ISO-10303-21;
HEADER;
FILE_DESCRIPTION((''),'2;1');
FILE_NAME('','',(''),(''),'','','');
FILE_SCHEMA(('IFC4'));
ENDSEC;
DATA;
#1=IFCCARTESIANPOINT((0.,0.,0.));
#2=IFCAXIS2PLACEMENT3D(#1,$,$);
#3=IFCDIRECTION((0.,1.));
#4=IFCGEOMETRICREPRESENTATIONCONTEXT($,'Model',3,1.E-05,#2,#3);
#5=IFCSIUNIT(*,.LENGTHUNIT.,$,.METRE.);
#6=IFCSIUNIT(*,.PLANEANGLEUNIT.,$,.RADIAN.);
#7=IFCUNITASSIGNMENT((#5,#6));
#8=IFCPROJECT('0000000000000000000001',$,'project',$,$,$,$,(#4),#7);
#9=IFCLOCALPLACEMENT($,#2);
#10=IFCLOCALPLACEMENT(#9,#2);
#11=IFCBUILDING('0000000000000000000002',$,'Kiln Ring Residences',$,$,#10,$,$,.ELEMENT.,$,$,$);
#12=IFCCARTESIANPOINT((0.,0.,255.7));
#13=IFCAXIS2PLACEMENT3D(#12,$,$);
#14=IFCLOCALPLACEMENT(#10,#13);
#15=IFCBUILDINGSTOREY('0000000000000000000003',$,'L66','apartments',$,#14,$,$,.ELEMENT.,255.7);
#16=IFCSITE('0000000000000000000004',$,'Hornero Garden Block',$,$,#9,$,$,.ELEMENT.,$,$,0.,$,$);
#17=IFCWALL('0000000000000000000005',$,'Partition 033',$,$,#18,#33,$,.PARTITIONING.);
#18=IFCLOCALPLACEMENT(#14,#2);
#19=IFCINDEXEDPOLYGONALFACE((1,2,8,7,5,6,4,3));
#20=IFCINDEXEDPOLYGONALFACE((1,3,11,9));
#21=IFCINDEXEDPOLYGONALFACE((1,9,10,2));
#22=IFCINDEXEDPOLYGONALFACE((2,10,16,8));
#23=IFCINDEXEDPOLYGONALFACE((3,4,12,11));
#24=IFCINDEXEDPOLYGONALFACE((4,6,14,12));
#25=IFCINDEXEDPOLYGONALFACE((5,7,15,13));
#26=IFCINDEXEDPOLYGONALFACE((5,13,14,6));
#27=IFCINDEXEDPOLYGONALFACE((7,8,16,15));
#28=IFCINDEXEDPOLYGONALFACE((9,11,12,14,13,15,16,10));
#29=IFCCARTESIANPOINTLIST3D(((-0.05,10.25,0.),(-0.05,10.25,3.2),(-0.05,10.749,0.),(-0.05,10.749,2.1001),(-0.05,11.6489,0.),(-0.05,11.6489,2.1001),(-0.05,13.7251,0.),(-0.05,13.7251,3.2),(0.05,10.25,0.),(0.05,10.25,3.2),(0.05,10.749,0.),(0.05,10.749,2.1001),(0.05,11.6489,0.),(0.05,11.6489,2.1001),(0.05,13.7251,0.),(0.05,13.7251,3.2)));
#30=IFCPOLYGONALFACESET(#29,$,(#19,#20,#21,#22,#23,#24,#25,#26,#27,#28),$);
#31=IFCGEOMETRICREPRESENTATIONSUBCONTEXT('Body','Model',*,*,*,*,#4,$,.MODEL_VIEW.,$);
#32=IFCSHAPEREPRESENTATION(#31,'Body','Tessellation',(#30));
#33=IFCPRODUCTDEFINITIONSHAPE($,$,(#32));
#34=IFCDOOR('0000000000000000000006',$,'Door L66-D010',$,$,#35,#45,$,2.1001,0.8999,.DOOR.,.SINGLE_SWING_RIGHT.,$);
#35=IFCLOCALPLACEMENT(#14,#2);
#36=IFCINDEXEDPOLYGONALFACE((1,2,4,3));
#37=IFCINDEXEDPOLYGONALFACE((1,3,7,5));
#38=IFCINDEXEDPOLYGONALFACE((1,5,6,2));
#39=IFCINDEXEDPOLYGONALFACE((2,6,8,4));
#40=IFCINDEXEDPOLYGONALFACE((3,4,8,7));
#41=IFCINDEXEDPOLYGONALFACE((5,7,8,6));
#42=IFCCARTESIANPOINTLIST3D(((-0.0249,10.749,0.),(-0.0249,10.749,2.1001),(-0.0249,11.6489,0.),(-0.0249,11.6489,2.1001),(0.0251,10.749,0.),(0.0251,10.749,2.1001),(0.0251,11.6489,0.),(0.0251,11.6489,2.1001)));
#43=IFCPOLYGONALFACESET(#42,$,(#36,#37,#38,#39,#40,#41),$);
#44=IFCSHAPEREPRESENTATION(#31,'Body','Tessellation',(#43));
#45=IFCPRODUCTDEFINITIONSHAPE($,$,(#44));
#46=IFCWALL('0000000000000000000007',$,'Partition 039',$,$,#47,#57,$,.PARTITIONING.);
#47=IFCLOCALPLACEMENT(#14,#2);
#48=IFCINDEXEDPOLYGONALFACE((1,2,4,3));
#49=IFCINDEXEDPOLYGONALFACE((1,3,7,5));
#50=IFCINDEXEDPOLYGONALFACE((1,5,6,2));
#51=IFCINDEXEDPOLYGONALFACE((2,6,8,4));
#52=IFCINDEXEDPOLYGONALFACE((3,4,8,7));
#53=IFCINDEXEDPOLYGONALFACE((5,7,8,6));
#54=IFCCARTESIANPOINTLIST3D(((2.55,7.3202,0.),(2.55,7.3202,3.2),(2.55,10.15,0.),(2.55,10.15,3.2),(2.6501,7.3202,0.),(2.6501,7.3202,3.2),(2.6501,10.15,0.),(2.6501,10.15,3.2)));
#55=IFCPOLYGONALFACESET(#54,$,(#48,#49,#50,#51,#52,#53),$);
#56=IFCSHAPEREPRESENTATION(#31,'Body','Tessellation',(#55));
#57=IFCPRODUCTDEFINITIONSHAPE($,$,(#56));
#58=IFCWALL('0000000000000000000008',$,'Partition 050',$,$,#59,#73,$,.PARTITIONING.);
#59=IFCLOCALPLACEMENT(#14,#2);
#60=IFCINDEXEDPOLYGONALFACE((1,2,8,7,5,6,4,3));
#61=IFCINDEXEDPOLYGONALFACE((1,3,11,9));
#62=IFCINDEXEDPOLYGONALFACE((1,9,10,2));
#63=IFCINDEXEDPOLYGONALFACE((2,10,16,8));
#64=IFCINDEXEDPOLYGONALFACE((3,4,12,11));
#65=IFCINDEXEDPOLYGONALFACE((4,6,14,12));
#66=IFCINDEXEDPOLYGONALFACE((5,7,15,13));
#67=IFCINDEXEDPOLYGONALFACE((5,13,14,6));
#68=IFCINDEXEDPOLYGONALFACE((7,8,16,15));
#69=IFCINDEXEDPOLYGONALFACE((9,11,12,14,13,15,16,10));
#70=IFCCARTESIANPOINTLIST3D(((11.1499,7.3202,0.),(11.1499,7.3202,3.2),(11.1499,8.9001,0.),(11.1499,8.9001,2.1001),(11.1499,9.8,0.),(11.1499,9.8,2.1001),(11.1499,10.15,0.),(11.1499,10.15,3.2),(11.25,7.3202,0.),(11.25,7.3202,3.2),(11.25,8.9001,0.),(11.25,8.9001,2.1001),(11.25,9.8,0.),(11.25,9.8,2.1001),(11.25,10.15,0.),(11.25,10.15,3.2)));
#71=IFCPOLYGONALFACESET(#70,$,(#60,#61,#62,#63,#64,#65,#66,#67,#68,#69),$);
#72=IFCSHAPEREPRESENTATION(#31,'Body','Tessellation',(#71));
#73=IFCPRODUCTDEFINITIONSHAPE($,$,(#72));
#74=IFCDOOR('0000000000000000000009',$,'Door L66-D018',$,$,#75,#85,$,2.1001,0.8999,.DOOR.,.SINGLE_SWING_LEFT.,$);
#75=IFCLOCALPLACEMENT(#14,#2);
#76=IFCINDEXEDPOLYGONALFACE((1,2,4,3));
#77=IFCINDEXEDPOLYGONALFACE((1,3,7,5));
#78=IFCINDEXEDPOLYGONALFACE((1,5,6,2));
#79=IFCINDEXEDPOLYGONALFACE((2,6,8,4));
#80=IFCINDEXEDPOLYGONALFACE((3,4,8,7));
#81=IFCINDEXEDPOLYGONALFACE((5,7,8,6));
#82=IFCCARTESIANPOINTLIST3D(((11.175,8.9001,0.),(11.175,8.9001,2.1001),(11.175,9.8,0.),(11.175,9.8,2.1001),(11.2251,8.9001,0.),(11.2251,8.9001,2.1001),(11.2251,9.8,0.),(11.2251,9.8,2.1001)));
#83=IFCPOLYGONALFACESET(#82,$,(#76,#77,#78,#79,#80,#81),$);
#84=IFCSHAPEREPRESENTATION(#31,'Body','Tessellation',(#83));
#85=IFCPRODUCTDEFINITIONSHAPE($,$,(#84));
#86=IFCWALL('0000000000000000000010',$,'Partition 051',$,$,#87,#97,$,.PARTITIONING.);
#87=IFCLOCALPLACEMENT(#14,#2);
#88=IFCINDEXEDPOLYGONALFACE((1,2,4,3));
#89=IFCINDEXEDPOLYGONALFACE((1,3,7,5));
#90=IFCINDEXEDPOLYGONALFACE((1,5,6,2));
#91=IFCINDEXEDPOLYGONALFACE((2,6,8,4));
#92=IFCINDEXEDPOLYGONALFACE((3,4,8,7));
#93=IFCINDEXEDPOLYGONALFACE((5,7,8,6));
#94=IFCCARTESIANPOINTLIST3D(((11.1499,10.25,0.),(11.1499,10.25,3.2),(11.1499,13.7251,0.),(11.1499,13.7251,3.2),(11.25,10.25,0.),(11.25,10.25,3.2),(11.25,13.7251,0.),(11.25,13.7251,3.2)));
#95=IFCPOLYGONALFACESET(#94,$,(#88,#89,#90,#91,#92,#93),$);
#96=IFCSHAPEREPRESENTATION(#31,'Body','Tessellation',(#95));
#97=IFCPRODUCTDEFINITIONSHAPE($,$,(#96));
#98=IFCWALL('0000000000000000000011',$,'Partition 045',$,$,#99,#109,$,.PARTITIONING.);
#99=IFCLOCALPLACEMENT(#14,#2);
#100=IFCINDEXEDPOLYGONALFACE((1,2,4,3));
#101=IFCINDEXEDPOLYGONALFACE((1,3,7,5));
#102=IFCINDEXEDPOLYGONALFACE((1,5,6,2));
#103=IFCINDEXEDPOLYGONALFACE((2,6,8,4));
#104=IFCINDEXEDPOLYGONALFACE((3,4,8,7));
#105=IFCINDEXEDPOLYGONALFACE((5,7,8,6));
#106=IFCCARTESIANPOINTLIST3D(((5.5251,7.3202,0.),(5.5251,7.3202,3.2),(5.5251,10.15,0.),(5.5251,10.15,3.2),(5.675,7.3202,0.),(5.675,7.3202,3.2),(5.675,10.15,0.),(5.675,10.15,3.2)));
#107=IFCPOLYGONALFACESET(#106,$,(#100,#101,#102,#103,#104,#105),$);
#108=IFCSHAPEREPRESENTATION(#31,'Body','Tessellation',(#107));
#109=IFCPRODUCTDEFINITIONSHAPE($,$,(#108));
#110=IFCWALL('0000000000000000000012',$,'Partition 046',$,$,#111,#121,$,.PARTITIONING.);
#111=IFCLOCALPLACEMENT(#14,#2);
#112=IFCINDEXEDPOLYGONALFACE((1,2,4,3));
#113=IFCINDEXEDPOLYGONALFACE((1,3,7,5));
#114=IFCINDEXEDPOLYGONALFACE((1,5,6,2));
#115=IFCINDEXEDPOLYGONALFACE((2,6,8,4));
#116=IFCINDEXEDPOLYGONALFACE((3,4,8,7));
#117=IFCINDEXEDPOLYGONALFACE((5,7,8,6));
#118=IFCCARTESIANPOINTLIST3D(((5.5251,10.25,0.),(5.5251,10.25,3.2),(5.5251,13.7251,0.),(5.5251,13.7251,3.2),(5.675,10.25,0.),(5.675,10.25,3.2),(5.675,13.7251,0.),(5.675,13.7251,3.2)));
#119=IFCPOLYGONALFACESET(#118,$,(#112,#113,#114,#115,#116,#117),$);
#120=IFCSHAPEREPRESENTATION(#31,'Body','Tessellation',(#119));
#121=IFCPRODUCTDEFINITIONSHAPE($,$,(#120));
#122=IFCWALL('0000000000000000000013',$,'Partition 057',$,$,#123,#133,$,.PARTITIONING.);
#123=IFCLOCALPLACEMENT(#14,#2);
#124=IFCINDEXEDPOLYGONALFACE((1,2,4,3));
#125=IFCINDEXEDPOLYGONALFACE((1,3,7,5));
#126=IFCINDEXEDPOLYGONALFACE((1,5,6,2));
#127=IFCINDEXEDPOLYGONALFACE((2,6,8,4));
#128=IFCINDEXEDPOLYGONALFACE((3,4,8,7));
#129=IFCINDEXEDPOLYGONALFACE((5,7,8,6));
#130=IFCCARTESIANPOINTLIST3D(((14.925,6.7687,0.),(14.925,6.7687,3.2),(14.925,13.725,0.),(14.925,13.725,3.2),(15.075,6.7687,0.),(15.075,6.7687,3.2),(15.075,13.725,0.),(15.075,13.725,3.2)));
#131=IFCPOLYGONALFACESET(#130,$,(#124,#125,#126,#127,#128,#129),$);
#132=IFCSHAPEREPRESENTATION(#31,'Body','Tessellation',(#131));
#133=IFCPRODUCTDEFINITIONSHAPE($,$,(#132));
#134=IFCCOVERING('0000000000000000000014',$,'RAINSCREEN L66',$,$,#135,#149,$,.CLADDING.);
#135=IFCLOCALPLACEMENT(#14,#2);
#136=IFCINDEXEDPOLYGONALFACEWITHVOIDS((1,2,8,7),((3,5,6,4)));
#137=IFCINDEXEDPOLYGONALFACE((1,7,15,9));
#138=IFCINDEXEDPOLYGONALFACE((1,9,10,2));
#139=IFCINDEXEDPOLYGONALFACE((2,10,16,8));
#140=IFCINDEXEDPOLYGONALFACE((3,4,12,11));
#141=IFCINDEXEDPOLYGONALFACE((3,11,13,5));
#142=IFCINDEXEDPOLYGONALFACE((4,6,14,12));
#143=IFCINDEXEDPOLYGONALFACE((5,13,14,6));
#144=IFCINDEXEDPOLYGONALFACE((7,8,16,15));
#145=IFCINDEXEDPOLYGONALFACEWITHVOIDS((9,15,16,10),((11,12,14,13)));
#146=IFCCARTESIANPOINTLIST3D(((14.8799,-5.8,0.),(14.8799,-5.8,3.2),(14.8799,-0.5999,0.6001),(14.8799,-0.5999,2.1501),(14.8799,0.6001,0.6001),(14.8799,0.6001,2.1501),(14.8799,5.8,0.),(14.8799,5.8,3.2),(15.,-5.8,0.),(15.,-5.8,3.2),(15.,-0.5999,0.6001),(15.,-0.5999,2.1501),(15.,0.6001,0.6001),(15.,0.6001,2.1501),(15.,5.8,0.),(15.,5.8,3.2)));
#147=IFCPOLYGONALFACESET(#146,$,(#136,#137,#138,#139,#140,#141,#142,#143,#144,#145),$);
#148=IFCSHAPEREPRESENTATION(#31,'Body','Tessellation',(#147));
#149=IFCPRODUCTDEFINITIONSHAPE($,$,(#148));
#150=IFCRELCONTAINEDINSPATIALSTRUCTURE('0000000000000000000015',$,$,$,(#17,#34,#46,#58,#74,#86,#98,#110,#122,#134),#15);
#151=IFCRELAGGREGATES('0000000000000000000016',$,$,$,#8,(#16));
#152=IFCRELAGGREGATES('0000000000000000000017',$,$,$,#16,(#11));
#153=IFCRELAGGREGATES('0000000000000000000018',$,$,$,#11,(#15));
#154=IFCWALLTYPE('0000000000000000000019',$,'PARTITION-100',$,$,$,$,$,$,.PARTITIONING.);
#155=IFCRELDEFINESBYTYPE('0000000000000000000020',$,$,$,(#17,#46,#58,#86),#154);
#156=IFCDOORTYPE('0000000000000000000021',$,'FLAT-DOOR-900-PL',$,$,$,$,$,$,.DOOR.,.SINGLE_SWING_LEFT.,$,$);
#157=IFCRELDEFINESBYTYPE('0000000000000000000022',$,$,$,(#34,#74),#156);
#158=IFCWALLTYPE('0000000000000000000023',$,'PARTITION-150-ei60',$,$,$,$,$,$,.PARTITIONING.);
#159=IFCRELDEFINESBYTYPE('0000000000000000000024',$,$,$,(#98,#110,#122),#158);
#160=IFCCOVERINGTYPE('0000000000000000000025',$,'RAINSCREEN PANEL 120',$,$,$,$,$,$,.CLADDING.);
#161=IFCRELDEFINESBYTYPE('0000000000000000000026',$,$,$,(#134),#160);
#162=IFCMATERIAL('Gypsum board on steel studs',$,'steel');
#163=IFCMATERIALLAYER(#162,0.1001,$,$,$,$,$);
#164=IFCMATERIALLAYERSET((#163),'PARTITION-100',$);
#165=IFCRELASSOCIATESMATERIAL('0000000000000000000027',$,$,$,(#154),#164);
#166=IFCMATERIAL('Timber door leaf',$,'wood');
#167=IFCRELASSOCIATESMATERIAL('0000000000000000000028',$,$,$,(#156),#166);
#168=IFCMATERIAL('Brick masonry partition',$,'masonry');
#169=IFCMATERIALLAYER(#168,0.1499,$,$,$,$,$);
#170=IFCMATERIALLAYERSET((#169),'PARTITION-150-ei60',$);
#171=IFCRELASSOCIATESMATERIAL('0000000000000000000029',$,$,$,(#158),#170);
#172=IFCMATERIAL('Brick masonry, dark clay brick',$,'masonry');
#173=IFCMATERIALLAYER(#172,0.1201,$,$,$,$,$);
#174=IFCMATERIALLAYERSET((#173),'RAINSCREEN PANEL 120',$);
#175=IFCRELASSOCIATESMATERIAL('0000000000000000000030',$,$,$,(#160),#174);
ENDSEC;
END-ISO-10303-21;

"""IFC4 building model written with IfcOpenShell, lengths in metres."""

from ifc_helpers import new_model, si_unit, direction, frame, frame_2d, origin, place, context, subcontext, project, spatial, polyline, rectangle, outline, extrude, material, layer, layer_set, type_object, element, fill, save


model = new_model("IFC4")

# Units and contexts
model_context = context("Model", 3, precision=1e-05, world=origin(), true_north=direction((0.0, 1.0)))
body_context = subcontext(model_context, "Body", "Model", "MODEL_VIEW")
ifc_project = project(units=[si_unit("LENGTHUNIT", "METRE"), si_unit("PLANEANGLEUNIT", "RADIAN")], contexts=[model_context])

# Site, building, storey
site_placement = place(None, origin())
site = spatial("IfcSite", under=ifc_project, at=site_placement, Name="Hornero Garden Block", CompositionType="ELEMENT", RefElevation=0.0)
building_placement = place(site_placement, origin())
building = spatial("IfcBuilding", under=site, at=building_placement, Name="Kiln Ring Residences", CompositionType="ELEMENT")
storey_placement = place(building_placement, frame((0.0, 0.0, 255.7)))
storey = spatial("IfcBuildingStorey", under=building, at=storey_placement, Name="L66", Description="apartments", CompositionType="ELEMENT", Elevation=255.7)

# Shared definitions
ifc_material_1 = material(Name="Gypsum board on steel studs", Category="steel")
ifc_layer_1 = layer(ifc_material_1, 0.1001)
ifc_layer_set_1 = layer_set([ifc_layer_1], Name="PARTITION-100")
wall_type_1 = type_object("IfcWallType", Name="PARTITION-100", PredefinedType="PARTITIONING", material=ifc_layer_set_1)

# Wall, opening, door
wall_1_placement = place(storey_placement, frame((0.0, 10.25, 0.0), z_axis=(0.0, 0.0, 1.0), x_axis=(0.0, 1.0, 0.0)))
wall_1 = element("IfcWall", 1, at=wall_1_placement, inside=storey, type_object=wall_type_1, Name="Partition 033", PredefinedType="PARTITIONING", context=body_context, shape_type="SweptSolid", body=[
    extrude(rectangle(XDim=3.4751, YDim=0.1001, at=frame_2d((1.7375, 0.0))), origin(), (0.0, 0.0, 1.0), 3.2),
])
opening_1_placement = place(wall_1_placement, frame((0.499, 0.0, 0.0)))
opening_1 = element("IfcOpeningElement", 2, at=opening_1_placement, cuts=wall_1, PredefinedType="OPENING", context=body_context, shape_type="SweptSolid", body=[
    extrude(rectangle(XDim=0.8999, YDim=2.1001, at=frame_2d((0.45, 1.05))), frame((0.0, 0.0601, 0.0), z_axis=(0.0, -1.0, 0.0), x_axis=(1.0, 0.0, 0.0)), (0.0, 0.0, 1.0), 0.1201),
])
ifc_material_2 = material(Name="Timber door leaf", Category="wood")
door_type = type_object("IfcDoorType", Name="FLAT-DOOR-900-PL", OperationType="SINGLE_SWING_LEFT", PredefinedType="DOOR", material=ifc_material_2)
door_1_placement = place(opening_1_placement, origin())
door_1 = element("IfcDoor", 3, at=door_1_placement, inside=storey, type_object=door_type, Name="Door L66-D010", OperationType="SINGLE_SWING_RIGHT", OverallHeight=2.1001, OverallWidth=0.8999, PredefinedType="DOOR", context=body_context, shape_type="SweptSolid", body=[
    extrude(rectangle(XDim=0.8999, YDim=2.1001, at=frame_2d((0.45, 1.05))), frame((0.0, 0.0249, 0.0), z_axis=(0.0, -1.0, 0.0), x_axis=(1.0, 0.0, 0.0)), (0.0, 0.0, 1.0), 0.05),
])
fill(opening_1, door_1)

# Wall
wall_2_placement = place(storey_placement, frame((2.6001, 7.3201, 0.0), z_axis=(0.0, 0.0, 1.0), x_axis=(0.0, 1.0, 0.0)))
element("IfcWall", 4, at=wall_2_placement, inside=storey, type_object=wall_type_1, Name="Partition 039", PredefinedType="PARTITIONING", context=body_context, shape_type="SweptSolid", body=[
    extrude(rectangle(XDim=2.8298, YDim=0.1001, at=frame_2d((1.415, 0.0))), origin(), (0.0, 0.0, 1.0), 3.2),
])

# Wall, opening, door
wall_3_placement = place(storey_placement, frame((11.2, 7.3201, 0.0), z_axis=(0.0, 0.0, 1.0), x_axis=(0.0, 1.0, 0.0)))
wall_3 = element("IfcWall", 5, at=wall_3_placement, inside=storey, type_object=wall_type_1, Name="Partition 050", PredefinedType="PARTITIONING", context=body_context, shape_type="SweptSolid", body=[
    extrude(rectangle(XDim=2.8298, YDim=0.1001, at=frame_2d((1.415, 0.0))), origin(), (0.0, 0.0, 1.0), 3.2),
])
opening_2_placement = place(wall_3_placement, frame((1.5801, 0.0, 0.0)))
opening_2 = element("IfcOpeningElement", 6, at=opening_2_placement, cuts=wall_3, PredefinedType="OPENING", context=body_context, shape_type="SweptSolid", body=[
    extrude(rectangle(XDim=0.8999, YDim=2.1001, at=frame_2d((0.45, 1.05))), frame((0.0, 0.0601, 0.0), z_axis=(0.0, -1.0, 0.0), x_axis=(1.0, 0.0, 0.0)), (0.0, 0.0, 1.0), 0.1201),
])
door_2_placement = place(opening_2_placement, origin())
door_2 = element("IfcDoor", 7, at=door_2_placement, inside=storey, type_object=door_type, Name="Door L66-D018", OperationType="SINGLE_SWING_LEFT", OverallHeight=2.1001, OverallWidth=0.8999, PredefinedType="DOOR", context=body_context, shape_type="SweptSolid", body=[
    extrude(rectangle(XDim=0.8999, YDim=2.1001, at=frame_2d((0.45, 1.05))), frame((0.0, 0.0249, 0.0), z_axis=(0.0, -1.0, 0.0), x_axis=(1.0, 0.0, 0.0)), (0.0, 0.0, 1.0), 0.05),
])
fill(opening_2, door_2)

# Walls
wall_4_placement = place(storey_placement, frame((11.2, 10.25, 0.0), z_axis=(0.0, 0.0, 1.0), x_axis=(0.0, 1.0, 0.0)))
element("IfcWall", 8, at=wall_4_placement, inside=storey, type_object=wall_type_1, Name="Partition 051", PredefinedType="PARTITIONING", context=body_context, shape_type="SweptSolid", body=[
    extrude(rectangle(XDim=3.4751, YDim=0.1001, at=frame_2d((1.7375, 0.0))), origin(), (0.0, 0.0, 1.0), 3.2),
])
ifc_material_3 = material(Name="Brick masonry partition", Category="masonry")
ifc_layer_2 = layer(ifc_material_3, 0.1499)
ifc_layer_set_2 = layer_set([ifc_layer_2], Name="PARTITION-150-ei60")
wall_type_2 = type_object("IfcWallType", Name="PARTITION-150-ei60", PredefinedType="PARTITIONING", material=ifc_layer_set_2)
wall_5_placement = place(storey_placement, frame((5.6001, 7.3201, 0.0), z_axis=(0.0, 0.0, 1.0), x_axis=(0.0, 1.0, 0.0)))
element("IfcWall", 9, at=wall_5_placement, inside=storey, type_object=wall_type_2, Name="Partition 045", PredefinedType="PARTITIONING", context=body_context, shape_type="SweptSolid", body=[
    extrude(rectangle(XDim=2.8298, YDim=0.1499, at=frame_2d((1.415, 0.0))), origin(), (0.0, 0.0, 1.0), 3.2),
])
wall_6_placement = place(storey_placement, frame((5.6001, 10.25, 0.0), z_axis=(0.0, 0.0, 1.0), x_axis=(0.0, 1.0, 0.0)))
element("IfcWall", 10, at=wall_6_placement, inside=storey, type_object=wall_type_2, Name="Partition 046", PredefinedType="PARTITIONING", context=body_context, shape_type="SweptSolid", body=[
    extrude(rectangle(XDim=3.4751, YDim=0.1499, at=frame_2d((1.7375, 0.0))), origin(), (0.0, 0.0, 1.0), 3.2),
])
wall_7_placement = place(storey_placement, frame((15.0, 6.7688, 0.0), z_axis=(0.0, 0.0, 1.0), x_axis=(0.0, 1.0, 0.0)))
element("IfcWall", 11, at=wall_7_placement, inside=storey, type_object=wall_type_2, Name="Partition 057", PredefinedType="PARTITIONING", context=body_context, shape_type="SweptSolid", body=[
    extrude(rectangle(XDim=6.9563, YDim=0.1499, at=frame_2d((3.478, 0.0))), origin(), (0.0, 0.0, 1.0), 3.2),
])

# Covering
ifc_material_4 = material(Name="Brick masonry, dark clay brick", Category="masonry")
ifc_layer_3 = layer(ifc_material_4, 0.1201)
ifc_layer_set_3 = layer_set([ifc_layer_3], Name="RAINSCREEN PANEL 120")
covering_type = type_object("IfcCoveringType", Name="RAINSCREEN PANEL 120", PredefinedType="CLADDING", material=ifc_layer_set_3)
covering_placement = place(storey_placement, frame((14.9399, 5.8, 0.0), z_axis=(0.0, 0.0, 1.0), x_axis=(0.0, -1.0, 0.0)))
element("IfcCovering", 12, at=covering_placement, inside=storey, type_object=covering_type, Name="RAINSCREEN L66", PredefinedType="CLADDING", context=body_context, shape_type="SweptSolid", body=[
    extrude(outline(polyline([(0.0, 0.0), (11.6001, 0.0), (11.6001, 3.2), (0.0, 3.2), (0.0, 0.0)]), holes=[polyline([(5.2, 2.1501), (5.2, 0.6001), (6.3999, 0.6001), (6.3999, 2.1501), (5.2, 2.1501)])]), frame((0.0, 0.0601, 0.0), z_axis=(0.0, -1.0, 0.0), x_axis=(1.0, 0.0, 0.0)), (0.0, 0.0, 1.0), 0.1201),
])

save(model, "model.ifc")
